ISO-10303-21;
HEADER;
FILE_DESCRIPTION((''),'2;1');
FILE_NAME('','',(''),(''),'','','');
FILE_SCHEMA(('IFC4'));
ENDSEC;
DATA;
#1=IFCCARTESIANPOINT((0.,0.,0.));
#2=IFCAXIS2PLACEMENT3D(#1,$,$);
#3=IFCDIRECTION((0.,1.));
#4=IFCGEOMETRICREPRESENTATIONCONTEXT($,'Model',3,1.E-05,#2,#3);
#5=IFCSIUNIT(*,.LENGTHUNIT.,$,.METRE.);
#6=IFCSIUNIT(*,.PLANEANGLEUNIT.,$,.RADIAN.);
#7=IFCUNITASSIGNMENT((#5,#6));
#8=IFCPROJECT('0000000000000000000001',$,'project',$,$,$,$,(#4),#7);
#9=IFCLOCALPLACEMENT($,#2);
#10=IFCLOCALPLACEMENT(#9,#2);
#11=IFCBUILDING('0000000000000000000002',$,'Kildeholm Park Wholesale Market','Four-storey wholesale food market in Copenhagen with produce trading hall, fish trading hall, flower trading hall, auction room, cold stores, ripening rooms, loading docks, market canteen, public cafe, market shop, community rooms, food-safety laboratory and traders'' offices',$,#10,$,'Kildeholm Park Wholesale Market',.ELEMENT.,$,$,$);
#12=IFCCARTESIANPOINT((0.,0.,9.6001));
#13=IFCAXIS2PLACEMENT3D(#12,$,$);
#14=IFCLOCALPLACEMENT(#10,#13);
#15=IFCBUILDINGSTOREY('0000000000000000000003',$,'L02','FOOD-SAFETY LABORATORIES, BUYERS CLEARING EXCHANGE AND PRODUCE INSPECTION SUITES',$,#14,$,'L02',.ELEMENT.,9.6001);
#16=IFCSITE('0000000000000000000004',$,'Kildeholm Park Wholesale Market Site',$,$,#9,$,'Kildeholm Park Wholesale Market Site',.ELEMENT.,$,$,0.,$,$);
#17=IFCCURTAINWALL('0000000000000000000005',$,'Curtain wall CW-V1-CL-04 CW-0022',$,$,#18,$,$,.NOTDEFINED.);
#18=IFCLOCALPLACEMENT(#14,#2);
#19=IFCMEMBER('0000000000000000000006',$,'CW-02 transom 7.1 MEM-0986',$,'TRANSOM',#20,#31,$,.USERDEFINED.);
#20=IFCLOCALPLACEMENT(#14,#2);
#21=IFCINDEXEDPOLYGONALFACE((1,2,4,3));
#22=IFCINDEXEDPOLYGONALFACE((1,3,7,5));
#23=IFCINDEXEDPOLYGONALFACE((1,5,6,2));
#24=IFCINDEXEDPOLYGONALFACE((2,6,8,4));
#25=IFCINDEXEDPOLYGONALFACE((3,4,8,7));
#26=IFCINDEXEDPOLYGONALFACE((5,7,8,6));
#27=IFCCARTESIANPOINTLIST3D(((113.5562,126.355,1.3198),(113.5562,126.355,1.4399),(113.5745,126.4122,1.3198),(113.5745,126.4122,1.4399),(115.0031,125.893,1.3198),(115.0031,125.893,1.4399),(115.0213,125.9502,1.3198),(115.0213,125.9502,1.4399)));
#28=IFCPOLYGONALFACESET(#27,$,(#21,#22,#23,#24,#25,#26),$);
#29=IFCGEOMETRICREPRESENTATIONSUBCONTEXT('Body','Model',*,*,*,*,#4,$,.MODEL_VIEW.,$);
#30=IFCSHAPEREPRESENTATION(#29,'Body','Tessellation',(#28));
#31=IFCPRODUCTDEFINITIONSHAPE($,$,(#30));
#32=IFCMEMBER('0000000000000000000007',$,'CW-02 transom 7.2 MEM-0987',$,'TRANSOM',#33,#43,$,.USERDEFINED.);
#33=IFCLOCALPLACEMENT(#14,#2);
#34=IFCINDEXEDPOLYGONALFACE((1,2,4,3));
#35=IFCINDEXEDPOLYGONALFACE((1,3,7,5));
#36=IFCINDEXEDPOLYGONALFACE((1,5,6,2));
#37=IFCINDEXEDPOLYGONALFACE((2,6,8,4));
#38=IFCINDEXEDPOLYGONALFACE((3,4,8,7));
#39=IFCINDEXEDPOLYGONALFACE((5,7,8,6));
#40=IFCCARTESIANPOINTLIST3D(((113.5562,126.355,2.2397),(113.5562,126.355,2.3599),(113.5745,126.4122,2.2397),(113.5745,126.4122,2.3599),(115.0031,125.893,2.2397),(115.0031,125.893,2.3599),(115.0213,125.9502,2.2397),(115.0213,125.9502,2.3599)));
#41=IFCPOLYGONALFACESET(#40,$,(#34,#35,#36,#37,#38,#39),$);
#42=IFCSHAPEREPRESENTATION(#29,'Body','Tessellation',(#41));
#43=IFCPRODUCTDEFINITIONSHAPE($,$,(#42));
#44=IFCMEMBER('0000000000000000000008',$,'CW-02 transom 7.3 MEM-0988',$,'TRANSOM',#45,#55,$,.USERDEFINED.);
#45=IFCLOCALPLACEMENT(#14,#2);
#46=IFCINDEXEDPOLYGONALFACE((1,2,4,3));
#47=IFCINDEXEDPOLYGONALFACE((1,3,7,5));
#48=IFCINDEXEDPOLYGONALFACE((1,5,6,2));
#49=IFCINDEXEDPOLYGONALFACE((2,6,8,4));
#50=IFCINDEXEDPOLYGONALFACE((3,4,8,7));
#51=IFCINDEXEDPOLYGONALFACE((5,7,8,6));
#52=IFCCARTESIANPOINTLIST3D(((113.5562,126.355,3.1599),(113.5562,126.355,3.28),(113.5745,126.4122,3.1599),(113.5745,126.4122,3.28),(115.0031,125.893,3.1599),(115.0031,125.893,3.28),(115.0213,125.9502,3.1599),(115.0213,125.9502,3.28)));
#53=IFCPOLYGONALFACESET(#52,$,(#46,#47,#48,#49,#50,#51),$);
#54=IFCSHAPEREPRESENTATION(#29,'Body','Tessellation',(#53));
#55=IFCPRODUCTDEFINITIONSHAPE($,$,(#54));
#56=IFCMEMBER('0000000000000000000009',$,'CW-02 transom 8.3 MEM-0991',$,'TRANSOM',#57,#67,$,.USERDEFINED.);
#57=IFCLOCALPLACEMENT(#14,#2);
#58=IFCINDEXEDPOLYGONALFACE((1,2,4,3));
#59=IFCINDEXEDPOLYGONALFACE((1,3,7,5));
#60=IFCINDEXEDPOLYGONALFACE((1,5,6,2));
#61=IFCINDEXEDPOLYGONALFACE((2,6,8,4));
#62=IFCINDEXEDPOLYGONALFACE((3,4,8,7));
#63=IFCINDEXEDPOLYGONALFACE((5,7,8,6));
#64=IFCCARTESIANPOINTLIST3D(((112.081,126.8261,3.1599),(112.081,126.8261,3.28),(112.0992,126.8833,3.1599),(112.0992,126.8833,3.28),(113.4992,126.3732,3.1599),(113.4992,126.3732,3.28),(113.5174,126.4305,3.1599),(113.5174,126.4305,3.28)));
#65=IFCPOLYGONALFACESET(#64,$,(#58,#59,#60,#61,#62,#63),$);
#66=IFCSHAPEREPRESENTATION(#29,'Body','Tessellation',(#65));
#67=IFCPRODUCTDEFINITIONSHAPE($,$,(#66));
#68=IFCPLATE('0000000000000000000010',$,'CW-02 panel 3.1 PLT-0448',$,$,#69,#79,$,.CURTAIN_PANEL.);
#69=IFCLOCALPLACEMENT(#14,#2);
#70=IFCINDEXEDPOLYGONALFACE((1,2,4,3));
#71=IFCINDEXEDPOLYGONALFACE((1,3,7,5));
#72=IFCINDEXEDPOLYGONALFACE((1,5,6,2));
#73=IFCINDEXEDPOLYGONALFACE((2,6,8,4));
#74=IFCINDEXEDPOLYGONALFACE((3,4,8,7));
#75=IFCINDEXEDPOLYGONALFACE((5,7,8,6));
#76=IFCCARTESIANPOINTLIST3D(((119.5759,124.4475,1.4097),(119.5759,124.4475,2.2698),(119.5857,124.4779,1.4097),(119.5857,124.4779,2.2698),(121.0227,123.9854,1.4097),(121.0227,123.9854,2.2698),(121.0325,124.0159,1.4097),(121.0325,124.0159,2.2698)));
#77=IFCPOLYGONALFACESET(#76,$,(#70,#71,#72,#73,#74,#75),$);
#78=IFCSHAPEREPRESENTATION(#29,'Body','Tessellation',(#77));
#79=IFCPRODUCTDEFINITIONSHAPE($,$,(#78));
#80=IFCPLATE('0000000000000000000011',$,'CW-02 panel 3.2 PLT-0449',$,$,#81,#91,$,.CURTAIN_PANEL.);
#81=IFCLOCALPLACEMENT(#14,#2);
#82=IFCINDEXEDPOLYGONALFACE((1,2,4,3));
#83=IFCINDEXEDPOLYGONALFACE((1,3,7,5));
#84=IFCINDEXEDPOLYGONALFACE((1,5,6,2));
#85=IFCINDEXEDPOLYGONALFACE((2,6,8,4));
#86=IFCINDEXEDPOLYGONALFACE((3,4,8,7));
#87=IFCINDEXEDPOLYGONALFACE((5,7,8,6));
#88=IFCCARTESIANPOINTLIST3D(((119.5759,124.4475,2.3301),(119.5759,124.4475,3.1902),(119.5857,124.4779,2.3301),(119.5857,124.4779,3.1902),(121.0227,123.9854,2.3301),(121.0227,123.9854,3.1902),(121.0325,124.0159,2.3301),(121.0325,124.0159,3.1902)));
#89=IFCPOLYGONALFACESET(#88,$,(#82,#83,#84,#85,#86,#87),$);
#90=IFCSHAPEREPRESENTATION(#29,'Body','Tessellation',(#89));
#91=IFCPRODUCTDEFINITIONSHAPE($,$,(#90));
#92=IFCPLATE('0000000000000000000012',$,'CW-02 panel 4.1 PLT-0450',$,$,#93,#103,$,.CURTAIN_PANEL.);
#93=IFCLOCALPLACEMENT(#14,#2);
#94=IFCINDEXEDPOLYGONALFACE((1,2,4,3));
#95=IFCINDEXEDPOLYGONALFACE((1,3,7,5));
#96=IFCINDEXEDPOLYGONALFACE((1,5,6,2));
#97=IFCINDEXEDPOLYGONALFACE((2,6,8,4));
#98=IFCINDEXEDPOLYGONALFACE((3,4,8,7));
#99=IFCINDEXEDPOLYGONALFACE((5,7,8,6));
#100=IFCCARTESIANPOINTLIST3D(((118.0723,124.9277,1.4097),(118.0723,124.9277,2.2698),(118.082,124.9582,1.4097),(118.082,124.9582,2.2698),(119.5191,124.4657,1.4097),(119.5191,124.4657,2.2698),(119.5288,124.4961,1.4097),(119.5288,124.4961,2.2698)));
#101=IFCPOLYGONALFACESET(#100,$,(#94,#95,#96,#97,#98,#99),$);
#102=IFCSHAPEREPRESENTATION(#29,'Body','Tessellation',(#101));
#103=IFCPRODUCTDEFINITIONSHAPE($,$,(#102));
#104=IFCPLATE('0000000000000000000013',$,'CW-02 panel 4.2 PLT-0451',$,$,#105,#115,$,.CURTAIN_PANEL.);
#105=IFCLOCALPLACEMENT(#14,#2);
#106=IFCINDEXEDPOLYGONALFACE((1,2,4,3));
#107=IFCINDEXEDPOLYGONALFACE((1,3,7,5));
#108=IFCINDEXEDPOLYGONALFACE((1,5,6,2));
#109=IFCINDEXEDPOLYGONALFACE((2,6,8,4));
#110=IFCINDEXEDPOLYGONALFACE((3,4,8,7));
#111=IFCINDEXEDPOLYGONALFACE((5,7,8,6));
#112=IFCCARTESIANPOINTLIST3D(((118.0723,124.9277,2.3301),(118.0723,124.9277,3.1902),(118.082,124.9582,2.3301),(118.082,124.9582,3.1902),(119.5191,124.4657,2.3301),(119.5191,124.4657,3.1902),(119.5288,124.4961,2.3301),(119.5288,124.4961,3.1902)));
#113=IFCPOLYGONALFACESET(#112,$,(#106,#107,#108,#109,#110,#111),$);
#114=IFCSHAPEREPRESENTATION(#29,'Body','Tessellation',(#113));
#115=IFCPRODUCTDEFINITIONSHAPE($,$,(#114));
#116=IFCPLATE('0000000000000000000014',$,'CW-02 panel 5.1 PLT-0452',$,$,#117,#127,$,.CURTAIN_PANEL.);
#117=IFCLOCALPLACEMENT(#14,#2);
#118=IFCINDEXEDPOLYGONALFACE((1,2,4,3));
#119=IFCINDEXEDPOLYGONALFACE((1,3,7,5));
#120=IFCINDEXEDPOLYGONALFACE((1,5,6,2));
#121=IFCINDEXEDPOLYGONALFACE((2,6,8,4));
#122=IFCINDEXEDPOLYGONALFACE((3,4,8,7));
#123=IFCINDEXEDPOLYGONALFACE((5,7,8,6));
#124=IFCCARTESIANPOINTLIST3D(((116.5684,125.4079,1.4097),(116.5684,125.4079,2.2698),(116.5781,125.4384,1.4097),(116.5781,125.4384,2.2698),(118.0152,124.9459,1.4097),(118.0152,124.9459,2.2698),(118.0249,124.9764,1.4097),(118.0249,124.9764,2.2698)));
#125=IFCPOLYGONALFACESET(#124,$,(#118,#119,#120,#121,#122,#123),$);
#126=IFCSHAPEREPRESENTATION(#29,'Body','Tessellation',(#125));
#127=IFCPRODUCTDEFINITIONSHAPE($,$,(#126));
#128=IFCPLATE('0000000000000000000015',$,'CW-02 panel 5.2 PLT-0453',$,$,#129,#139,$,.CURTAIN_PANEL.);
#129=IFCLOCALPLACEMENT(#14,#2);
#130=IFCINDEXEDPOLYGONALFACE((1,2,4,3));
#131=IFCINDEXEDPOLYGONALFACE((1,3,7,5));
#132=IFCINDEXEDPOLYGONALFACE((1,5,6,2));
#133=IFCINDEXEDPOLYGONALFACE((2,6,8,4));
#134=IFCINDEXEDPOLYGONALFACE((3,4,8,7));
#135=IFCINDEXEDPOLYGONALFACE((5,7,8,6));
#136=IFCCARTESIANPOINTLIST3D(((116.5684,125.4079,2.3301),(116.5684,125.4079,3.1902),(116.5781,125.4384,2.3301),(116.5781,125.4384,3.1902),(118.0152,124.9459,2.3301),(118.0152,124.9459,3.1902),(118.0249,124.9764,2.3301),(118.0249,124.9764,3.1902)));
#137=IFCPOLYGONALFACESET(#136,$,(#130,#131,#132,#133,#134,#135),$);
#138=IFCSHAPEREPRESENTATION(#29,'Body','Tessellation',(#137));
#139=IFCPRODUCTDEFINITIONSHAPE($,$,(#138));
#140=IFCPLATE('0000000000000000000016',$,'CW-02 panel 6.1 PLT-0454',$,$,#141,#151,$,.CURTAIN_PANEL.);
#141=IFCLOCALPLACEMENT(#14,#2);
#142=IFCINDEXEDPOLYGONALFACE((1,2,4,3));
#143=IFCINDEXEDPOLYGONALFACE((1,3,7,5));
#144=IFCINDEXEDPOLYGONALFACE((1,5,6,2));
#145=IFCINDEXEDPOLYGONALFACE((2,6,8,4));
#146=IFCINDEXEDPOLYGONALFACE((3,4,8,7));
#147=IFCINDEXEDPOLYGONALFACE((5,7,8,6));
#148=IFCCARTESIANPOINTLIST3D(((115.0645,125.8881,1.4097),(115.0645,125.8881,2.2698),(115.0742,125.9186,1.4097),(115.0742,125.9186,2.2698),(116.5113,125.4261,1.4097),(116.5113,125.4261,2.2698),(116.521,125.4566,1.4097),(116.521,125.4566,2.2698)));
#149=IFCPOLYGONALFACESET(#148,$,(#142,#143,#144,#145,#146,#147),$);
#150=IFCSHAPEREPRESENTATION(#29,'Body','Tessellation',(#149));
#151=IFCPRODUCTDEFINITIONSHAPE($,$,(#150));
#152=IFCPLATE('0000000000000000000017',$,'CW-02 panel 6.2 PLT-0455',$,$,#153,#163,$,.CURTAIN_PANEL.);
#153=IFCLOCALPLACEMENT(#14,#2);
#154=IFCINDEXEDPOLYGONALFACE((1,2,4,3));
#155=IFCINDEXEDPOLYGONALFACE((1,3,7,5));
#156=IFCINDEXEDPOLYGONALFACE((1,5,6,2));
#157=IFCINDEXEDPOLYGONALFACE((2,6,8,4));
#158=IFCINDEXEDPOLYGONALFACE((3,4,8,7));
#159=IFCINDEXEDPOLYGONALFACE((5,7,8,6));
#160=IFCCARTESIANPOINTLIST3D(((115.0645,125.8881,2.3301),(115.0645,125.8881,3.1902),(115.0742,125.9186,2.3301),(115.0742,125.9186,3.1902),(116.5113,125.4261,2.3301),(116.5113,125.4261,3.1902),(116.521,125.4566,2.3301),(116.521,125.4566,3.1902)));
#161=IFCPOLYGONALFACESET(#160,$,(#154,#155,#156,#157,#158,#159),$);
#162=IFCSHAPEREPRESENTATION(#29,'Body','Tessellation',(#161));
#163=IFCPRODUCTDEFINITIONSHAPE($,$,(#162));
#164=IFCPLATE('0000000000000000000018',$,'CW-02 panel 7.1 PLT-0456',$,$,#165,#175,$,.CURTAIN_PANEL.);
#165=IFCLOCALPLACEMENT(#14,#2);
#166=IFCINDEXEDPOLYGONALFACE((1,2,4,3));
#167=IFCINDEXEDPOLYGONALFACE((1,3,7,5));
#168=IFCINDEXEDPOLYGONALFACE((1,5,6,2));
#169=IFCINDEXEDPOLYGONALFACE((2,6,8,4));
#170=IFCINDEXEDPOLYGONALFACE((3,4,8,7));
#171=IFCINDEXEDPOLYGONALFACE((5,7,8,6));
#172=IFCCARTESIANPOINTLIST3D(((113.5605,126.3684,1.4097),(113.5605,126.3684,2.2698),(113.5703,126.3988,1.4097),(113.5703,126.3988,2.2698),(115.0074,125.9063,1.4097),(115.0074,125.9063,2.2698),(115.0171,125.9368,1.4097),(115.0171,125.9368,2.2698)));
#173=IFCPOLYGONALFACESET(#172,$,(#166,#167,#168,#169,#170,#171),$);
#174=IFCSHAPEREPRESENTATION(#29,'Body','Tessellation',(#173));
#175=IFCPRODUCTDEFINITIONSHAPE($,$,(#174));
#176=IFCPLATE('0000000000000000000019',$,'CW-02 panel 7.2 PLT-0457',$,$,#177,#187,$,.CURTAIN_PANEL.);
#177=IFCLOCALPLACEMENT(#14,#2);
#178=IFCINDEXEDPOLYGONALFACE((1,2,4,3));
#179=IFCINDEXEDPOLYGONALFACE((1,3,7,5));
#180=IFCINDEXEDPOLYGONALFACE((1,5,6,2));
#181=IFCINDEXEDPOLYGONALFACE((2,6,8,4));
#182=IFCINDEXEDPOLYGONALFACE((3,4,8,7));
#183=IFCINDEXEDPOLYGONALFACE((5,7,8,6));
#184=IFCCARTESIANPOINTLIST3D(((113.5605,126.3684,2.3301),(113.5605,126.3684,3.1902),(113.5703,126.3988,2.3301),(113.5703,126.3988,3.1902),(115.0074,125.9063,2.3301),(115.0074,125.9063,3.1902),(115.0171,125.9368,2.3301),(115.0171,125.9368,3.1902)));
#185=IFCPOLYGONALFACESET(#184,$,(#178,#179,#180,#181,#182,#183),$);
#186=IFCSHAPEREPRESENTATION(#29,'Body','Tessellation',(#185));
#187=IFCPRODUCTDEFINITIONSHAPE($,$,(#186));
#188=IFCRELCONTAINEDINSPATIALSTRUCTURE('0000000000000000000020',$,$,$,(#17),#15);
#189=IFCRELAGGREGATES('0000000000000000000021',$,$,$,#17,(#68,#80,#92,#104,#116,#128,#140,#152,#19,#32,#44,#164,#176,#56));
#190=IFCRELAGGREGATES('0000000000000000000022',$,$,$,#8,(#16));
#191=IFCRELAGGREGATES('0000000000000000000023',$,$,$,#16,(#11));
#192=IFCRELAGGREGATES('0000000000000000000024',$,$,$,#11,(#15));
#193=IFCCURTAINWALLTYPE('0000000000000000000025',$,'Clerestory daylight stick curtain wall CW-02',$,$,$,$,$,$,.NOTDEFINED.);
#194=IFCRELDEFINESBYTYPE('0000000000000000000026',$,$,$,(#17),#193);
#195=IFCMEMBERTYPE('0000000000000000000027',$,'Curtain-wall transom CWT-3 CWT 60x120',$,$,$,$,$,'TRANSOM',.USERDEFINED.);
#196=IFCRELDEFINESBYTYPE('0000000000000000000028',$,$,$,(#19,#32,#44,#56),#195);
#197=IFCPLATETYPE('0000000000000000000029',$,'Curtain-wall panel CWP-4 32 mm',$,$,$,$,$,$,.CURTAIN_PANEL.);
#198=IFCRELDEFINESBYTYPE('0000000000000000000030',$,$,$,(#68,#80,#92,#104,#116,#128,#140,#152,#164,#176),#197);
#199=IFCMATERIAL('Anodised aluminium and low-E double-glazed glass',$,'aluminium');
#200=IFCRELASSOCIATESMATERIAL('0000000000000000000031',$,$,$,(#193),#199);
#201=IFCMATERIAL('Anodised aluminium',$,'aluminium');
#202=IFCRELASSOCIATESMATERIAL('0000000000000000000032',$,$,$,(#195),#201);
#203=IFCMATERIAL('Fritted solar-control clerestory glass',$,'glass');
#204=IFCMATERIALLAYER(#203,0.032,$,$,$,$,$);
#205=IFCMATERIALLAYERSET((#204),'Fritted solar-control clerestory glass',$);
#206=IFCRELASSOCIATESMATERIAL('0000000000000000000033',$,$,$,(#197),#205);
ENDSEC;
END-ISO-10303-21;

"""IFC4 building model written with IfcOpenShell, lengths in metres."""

from ifc_helpers import new_model, si_unit, direction, frame, origin, origin_2d, place, context, subcontext, project, spatial, rectangle, extrude, material, layer, layer_set, material_profile, profile_set, type_object, element, aggregate, save


model = new_model("IFC4")

# Units and contexts
model_context = context("Model", 3, precision=1e-05, world=origin(), true_north=direction((0.0, 1.0)))
body_context = subcontext(model_context, "Body", "Model", "MODEL_VIEW")
ifc_project = project(units=[si_unit("LENGTHUNIT", "METRE"), si_unit("PLANEANGLEUNIT", "RADIAN")], contexts=[model_context])

# Site, building, storey
site_placement = place(None, origin())
site = spatial("IfcSite", under=ifc_project, at=site_placement, Name="Kildeholm Park Wholesale Market Site", LongName="Kildeholm Park Wholesale Market Site", CompositionType="ELEMENT", RefElevation=0.0)
building_placement = place(site_placement, origin())
building = spatial("IfcBuilding", under=site, at=building_placement, Name="Kildeholm Park Wholesale Market", Description="Four-storey wholesale food market in Copenhagen with produce trading hall, fish trading hall, flower trading hall, auction room, cold stores, ripening rooms, loading docks, market canteen, public cafe, market shop, community rooms, food-safety laboratory and traders' offices", LongName="Kildeholm Park Wholesale Market", CompositionType="ELEMENT")
storey_placement = place(building_placement, frame((0.0, 0.0, 9.6001)))
storey = spatial("IfcBuildingStorey", under=building, at=storey_placement, Name="L02", Description="FOOD-SAFETY LABORATORIES, BUYERS CLEARING EXCHANGE AND PRODUCE INSPECTION SUITES", LongName="L02", CompositionType="ELEMENT", Elevation=9.6001)

# Curtain wall, members, plates
ifc_material_1 = material(Name="Anodised aluminium and low-E double-glazed glass", Category="aluminium")
curtain_wall_type = type_object("IfcCurtainWallType", Name="Clerestory daylight stick curtain wall CW-02", PredefinedType="NOTDEFINED", material=ifc_material_1)
curtain_wall_placement = place(storey_placement, origin())
curtain_wall = element("IfcCurtainWall", 1, at=curtain_wall_placement, inside=storey, type_object=curtain_wall_type, Name="Curtain wall CW-V1-CL-04 CW-0022", PredefinedType="NOTDEFINED")
ifc_material_2 = material(Name="Anodised aluminium", Category="aluminium")
ifc_material_profile_1 = material_profile(ifc_material_2, rectangle(XDim=0.0601, YDim=0.1201, at=origin_2d()), Name="CWT 60x120")
ifc_profile_set_1 = profile_set([ifc_material_profile_1], Name="Anodised aluminium")
member_type_1 = type_object("IfcMemberType", Name="Curtain-wall transom CWT-3 CWT 60x120", ElementType="TRANSOM", PredefinedType="USERDEFINED", material=ifc_profile_set_1)
member_1_placement = place(storey_placement, frame((115.0122, 125.9216, 1.3799), z_axis=(-0.952626, 0.304146, 0.0), x_axis=(-0.304146, -0.952626, 0.0)))
member_1 = element("IfcMember", 2, at=member_1_placement, type_object=member_type_1, Name="CW-02 transom 7.1 MEM-0986", ObjectType="TRANSOM", PredefinedType="USERDEFINED", context=body_context, shape_type="SweptSolid", body=[
    extrude(rectangle(XDim=0.0601, YDim=0.1201, at=origin_2d()), origin(), (0.0, 0.0, 1.0), 1.5188),
])
member_2_placement = place(storey_placement, frame((115.0122, 125.9216, 2.2998), z_axis=(-0.952626, 0.304146, 0.0), x_axis=(-0.304146, -0.952626, 0.0)))
member_2 = element("IfcMember", 3, at=member_2_placement, type_object=member_type_1, Name="CW-02 transom 7.2 MEM-0987", ObjectType="TRANSOM", PredefinedType="USERDEFINED", context=body_context, shape_type="SweptSolid", body=[
    extrude(rectangle(XDim=0.0601, YDim=0.1201, at=origin_2d()), origin(), (0.0, 0.0, 1.0), 1.5188),
])
member_3_placement = place(storey_placement, frame((115.0122, 125.9216, 3.22), z_axis=(-0.952626, 0.304146, 0.0), x_axis=(-0.304146, -0.952626, 0.0)))
member_3 = element("IfcMember", 4, at=member_3_placement, type_object=member_type_1, Name="CW-02 transom 7.3 MEM-0988", ObjectType="TRANSOM", PredefinedType="USERDEFINED", context=body_context, shape_type="SweptSolid", body=[
    extrude(rectangle(XDim=0.0601, YDim=0.1201, at=origin_2d()), origin(), (0.0, 0.0, 1.0), 1.5188),
])
member_4_placement = place(storey_placement, frame((113.5083, 126.4019, 3.22), z_axis=(-0.952609, 0.304198, 0.0), x_axis=(-0.304198, -0.952609, 0.0)))
member_4 = element("IfcMember", 5, at=member_4_placement, type_object=member_type_1, Name="CW-02 transom 8.3 MEM-0991", ObjectType="TRANSOM", PredefinedType="USERDEFINED", context=body_context, shape_type="SweptSolid", body=[
    extrude(rectangle(XDim=0.0601, YDim=0.1201, at=origin_2d()), origin(), (0.0, 0.0, 1.0), 1.4888),
])
ifc_material_3 = material(Name="Fritted solar-control clerestory glass", Category="glass")
ifc_layer = layer(ifc_material_3, 0.032)
ifc_layer_set = layer_set([ifc_layer], Name="Fritted solar-control clerestory glass")
plate_type = type_object("IfcPlateType", Name="Curtain-wall panel CWP-4 32 mm", PredefinedType="CURTAIN_PANEL", material=ifc_layer_set)
plate_1_placement = place(storey_placement, frame((120.3042, 124.2317, 1.4097), z_axis=(0.0, 0.0, 1.0), x_axis=(-0.952606, 0.304207, 0.0)))
plate_1 = element("IfcPlate", 6, at=plate_1_placement, type_object=plate_type, Name="CW-02 panel 3.1 PLT-0448", PredefinedType="CURTAIN_PANEL", context=body_context, shape_type="SweptSolid", body=[
    extrude(rectangle(XDim=1.5188, YDim=0.032, at=origin_2d()), origin(), (0.0, 0.0, 1.0), 0.8601),
])
plate_2_placement = place(storey_placement, frame((120.3042, 124.2317, 2.3301), z_axis=(0.0, 0.0, 1.0), x_axis=(-0.952606, 0.304207, 0.0)))
plate_2 = element("IfcPlate", 7, at=plate_2_placement, type_object=plate_type, Name="CW-02 panel 3.2 PLT-0449", PredefinedType="CURTAIN_PANEL", context=body_context, shape_type="SweptSolid", body=[
    extrude(rectangle(XDim=1.5188, YDim=0.032, at=origin_2d()), origin(), (0.0, 0.0, 1.0), 0.8601),
])
plate_3_placement = place(storey_placement, frame((118.8005, 124.7119, 1.4097), z_axis=(0.0, 0.0, 1.0), x_axis=(-0.952606, 0.304207, 0.0)))
plate_3 = element("IfcPlate", 8, at=plate_3_placement, type_object=plate_type, Name="CW-02 panel 4.1 PLT-0450", PredefinedType="CURTAIN_PANEL", context=body_context, shape_type="SweptSolid", body=[
    extrude(rectangle(XDim=1.5188, YDim=0.032, at=origin_2d()), origin(), (0.0, 0.0, 1.0), 0.8601),
])
plate_4_placement = place(storey_placement, frame((118.8005, 124.7119, 2.3301), z_axis=(0.0, 0.0, 1.0), x_axis=(-0.952606, 0.304207, 0.0)))
plate_4 = element("IfcPlate", 9, at=plate_4_placement, type_object=plate_type, Name="CW-02 panel 4.2 PLT-0451", PredefinedType="CURTAIN_PANEL", context=body_context, shape_type="SweptSolid", body=[
    extrude(rectangle(XDim=1.5188, YDim=0.032, at=origin_2d()), origin(), (0.0, 0.0, 1.0), 0.8601),
])
plate_5_placement = place(storey_placement, frame((117.2966, 125.1921, 1.4097), z_axis=(0.0, 0.0, 1.0), x_axis=(-0.952606, 0.304207, 0.0)))
plate_5 = element("IfcPlate", 10, at=plate_5_placement, type_object=plate_type, Name="CW-02 panel 5.1 PLT-0452", PredefinedType="CURTAIN_PANEL", context=body_context, shape_type="SweptSolid", body=[
    extrude(rectangle(XDim=1.5188, YDim=0.032, at=origin_2d()), origin(), (0.0, 0.0, 1.0), 0.8601),
])
plate_6_placement = place(storey_placement, frame((117.2966, 125.1921, 2.3301), z_axis=(0.0, 0.0, 1.0), x_axis=(-0.952606, 0.304207, 0.0)))
plate_6 = element("IfcPlate", 11, at=plate_6_placement, type_object=plate_type, Name="CW-02 panel 5.2 PLT-0453", PredefinedType="CURTAIN_PANEL", context=body_context, shape_type="SweptSolid", body=[
    extrude(rectangle(XDim=1.5188, YDim=0.032, at=origin_2d()), origin(), (0.0, 0.0, 1.0), 0.8601),
])
plate_7_placement = place(storey_placement, frame((115.7927, 125.6724, 1.4097), z_axis=(0.0, 0.0, 1.0), x_axis=(-0.952606, 0.304207, 0.0)))
plate_7 = element("IfcPlate", 12, at=plate_7_placement, type_object=plate_type, Name="CW-02 panel 6.1 PLT-0454", PredefinedType="CURTAIN_PANEL", context=body_context, shape_type="SweptSolid", body=[
    extrude(rectangle(XDim=1.5188, YDim=0.032, at=origin_2d()), origin(), (0.0, 0.0, 1.0), 0.8601),
])
plate_8_placement = place(storey_placement, frame((115.7927, 125.6724, 2.3301), z_axis=(0.0, 0.0, 1.0), x_axis=(-0.952606, 0.304207, 0.0)))
plate_8 = element("IfcPlate", 13, at=plate_8_placement, type_object=plate_type, Name="CW-02 panel 6.2 PLT-0455", PredefinedType="CURTAIN_PANEL", context=body_context, shape_type="SweptSolid", body=[
    extrude(rectangle(XDim=1.5188, YDim=0.032, at=origin_2d()), origin(), (0.0, 0.0, 1.0), 0.8601),
])
plate_9_placement = place(storey_placement, frame((114.2888, 126.1526, 1.4097), z_axis=(0.0, 0.0, 1.0), x_axis=(-0.952606, 0.304207, 0.0)))
plate_9 = element("IfcPlate", 14, at=plate_9_placement, type_object=plate_type, Name="CW-02 panel 7.1 PLT-0456", PredefinedType="CURTAIN_PANEL", context=body_context, shape_type="SweptSolid", body=[
    extrude(rectangle(XDim=1.5188, YDim=0.032, at=origin_2d()), origin(), (0.0, 0.0, 1.0), 0.8601),
])
plate_10_placement = place(storey_placement, frame((114.2888, 126.1526, 2.3301), z_axis=(0.0, 0.0, 1.0), x_axis=(-0.952606, 0.304207, 0.0)))
plate_10 = element("IfcPlate", 15, at=plate_10_placement, type_object=plate_type, Name="CW-02 panel 7.2 PLT-0457", PredefinedType="CURTAIN_PANEL", context=body_context, shape_type="SweptSolid", body=[
    extrude(rectangle(XDim=1.5188, YDim=0.032, at=origin_2d()), origin(), (0.0, 0.0, 1.0), 0.8601),
])
aggregate(curtain_wall, [plate_1, plate_2, plate_3, plate_4, plate_5, plate_6, plate_7, plate_8, member_1, member_2, member_3, plate_9, plate_10, member_4])

save(model, "model.ifc")
